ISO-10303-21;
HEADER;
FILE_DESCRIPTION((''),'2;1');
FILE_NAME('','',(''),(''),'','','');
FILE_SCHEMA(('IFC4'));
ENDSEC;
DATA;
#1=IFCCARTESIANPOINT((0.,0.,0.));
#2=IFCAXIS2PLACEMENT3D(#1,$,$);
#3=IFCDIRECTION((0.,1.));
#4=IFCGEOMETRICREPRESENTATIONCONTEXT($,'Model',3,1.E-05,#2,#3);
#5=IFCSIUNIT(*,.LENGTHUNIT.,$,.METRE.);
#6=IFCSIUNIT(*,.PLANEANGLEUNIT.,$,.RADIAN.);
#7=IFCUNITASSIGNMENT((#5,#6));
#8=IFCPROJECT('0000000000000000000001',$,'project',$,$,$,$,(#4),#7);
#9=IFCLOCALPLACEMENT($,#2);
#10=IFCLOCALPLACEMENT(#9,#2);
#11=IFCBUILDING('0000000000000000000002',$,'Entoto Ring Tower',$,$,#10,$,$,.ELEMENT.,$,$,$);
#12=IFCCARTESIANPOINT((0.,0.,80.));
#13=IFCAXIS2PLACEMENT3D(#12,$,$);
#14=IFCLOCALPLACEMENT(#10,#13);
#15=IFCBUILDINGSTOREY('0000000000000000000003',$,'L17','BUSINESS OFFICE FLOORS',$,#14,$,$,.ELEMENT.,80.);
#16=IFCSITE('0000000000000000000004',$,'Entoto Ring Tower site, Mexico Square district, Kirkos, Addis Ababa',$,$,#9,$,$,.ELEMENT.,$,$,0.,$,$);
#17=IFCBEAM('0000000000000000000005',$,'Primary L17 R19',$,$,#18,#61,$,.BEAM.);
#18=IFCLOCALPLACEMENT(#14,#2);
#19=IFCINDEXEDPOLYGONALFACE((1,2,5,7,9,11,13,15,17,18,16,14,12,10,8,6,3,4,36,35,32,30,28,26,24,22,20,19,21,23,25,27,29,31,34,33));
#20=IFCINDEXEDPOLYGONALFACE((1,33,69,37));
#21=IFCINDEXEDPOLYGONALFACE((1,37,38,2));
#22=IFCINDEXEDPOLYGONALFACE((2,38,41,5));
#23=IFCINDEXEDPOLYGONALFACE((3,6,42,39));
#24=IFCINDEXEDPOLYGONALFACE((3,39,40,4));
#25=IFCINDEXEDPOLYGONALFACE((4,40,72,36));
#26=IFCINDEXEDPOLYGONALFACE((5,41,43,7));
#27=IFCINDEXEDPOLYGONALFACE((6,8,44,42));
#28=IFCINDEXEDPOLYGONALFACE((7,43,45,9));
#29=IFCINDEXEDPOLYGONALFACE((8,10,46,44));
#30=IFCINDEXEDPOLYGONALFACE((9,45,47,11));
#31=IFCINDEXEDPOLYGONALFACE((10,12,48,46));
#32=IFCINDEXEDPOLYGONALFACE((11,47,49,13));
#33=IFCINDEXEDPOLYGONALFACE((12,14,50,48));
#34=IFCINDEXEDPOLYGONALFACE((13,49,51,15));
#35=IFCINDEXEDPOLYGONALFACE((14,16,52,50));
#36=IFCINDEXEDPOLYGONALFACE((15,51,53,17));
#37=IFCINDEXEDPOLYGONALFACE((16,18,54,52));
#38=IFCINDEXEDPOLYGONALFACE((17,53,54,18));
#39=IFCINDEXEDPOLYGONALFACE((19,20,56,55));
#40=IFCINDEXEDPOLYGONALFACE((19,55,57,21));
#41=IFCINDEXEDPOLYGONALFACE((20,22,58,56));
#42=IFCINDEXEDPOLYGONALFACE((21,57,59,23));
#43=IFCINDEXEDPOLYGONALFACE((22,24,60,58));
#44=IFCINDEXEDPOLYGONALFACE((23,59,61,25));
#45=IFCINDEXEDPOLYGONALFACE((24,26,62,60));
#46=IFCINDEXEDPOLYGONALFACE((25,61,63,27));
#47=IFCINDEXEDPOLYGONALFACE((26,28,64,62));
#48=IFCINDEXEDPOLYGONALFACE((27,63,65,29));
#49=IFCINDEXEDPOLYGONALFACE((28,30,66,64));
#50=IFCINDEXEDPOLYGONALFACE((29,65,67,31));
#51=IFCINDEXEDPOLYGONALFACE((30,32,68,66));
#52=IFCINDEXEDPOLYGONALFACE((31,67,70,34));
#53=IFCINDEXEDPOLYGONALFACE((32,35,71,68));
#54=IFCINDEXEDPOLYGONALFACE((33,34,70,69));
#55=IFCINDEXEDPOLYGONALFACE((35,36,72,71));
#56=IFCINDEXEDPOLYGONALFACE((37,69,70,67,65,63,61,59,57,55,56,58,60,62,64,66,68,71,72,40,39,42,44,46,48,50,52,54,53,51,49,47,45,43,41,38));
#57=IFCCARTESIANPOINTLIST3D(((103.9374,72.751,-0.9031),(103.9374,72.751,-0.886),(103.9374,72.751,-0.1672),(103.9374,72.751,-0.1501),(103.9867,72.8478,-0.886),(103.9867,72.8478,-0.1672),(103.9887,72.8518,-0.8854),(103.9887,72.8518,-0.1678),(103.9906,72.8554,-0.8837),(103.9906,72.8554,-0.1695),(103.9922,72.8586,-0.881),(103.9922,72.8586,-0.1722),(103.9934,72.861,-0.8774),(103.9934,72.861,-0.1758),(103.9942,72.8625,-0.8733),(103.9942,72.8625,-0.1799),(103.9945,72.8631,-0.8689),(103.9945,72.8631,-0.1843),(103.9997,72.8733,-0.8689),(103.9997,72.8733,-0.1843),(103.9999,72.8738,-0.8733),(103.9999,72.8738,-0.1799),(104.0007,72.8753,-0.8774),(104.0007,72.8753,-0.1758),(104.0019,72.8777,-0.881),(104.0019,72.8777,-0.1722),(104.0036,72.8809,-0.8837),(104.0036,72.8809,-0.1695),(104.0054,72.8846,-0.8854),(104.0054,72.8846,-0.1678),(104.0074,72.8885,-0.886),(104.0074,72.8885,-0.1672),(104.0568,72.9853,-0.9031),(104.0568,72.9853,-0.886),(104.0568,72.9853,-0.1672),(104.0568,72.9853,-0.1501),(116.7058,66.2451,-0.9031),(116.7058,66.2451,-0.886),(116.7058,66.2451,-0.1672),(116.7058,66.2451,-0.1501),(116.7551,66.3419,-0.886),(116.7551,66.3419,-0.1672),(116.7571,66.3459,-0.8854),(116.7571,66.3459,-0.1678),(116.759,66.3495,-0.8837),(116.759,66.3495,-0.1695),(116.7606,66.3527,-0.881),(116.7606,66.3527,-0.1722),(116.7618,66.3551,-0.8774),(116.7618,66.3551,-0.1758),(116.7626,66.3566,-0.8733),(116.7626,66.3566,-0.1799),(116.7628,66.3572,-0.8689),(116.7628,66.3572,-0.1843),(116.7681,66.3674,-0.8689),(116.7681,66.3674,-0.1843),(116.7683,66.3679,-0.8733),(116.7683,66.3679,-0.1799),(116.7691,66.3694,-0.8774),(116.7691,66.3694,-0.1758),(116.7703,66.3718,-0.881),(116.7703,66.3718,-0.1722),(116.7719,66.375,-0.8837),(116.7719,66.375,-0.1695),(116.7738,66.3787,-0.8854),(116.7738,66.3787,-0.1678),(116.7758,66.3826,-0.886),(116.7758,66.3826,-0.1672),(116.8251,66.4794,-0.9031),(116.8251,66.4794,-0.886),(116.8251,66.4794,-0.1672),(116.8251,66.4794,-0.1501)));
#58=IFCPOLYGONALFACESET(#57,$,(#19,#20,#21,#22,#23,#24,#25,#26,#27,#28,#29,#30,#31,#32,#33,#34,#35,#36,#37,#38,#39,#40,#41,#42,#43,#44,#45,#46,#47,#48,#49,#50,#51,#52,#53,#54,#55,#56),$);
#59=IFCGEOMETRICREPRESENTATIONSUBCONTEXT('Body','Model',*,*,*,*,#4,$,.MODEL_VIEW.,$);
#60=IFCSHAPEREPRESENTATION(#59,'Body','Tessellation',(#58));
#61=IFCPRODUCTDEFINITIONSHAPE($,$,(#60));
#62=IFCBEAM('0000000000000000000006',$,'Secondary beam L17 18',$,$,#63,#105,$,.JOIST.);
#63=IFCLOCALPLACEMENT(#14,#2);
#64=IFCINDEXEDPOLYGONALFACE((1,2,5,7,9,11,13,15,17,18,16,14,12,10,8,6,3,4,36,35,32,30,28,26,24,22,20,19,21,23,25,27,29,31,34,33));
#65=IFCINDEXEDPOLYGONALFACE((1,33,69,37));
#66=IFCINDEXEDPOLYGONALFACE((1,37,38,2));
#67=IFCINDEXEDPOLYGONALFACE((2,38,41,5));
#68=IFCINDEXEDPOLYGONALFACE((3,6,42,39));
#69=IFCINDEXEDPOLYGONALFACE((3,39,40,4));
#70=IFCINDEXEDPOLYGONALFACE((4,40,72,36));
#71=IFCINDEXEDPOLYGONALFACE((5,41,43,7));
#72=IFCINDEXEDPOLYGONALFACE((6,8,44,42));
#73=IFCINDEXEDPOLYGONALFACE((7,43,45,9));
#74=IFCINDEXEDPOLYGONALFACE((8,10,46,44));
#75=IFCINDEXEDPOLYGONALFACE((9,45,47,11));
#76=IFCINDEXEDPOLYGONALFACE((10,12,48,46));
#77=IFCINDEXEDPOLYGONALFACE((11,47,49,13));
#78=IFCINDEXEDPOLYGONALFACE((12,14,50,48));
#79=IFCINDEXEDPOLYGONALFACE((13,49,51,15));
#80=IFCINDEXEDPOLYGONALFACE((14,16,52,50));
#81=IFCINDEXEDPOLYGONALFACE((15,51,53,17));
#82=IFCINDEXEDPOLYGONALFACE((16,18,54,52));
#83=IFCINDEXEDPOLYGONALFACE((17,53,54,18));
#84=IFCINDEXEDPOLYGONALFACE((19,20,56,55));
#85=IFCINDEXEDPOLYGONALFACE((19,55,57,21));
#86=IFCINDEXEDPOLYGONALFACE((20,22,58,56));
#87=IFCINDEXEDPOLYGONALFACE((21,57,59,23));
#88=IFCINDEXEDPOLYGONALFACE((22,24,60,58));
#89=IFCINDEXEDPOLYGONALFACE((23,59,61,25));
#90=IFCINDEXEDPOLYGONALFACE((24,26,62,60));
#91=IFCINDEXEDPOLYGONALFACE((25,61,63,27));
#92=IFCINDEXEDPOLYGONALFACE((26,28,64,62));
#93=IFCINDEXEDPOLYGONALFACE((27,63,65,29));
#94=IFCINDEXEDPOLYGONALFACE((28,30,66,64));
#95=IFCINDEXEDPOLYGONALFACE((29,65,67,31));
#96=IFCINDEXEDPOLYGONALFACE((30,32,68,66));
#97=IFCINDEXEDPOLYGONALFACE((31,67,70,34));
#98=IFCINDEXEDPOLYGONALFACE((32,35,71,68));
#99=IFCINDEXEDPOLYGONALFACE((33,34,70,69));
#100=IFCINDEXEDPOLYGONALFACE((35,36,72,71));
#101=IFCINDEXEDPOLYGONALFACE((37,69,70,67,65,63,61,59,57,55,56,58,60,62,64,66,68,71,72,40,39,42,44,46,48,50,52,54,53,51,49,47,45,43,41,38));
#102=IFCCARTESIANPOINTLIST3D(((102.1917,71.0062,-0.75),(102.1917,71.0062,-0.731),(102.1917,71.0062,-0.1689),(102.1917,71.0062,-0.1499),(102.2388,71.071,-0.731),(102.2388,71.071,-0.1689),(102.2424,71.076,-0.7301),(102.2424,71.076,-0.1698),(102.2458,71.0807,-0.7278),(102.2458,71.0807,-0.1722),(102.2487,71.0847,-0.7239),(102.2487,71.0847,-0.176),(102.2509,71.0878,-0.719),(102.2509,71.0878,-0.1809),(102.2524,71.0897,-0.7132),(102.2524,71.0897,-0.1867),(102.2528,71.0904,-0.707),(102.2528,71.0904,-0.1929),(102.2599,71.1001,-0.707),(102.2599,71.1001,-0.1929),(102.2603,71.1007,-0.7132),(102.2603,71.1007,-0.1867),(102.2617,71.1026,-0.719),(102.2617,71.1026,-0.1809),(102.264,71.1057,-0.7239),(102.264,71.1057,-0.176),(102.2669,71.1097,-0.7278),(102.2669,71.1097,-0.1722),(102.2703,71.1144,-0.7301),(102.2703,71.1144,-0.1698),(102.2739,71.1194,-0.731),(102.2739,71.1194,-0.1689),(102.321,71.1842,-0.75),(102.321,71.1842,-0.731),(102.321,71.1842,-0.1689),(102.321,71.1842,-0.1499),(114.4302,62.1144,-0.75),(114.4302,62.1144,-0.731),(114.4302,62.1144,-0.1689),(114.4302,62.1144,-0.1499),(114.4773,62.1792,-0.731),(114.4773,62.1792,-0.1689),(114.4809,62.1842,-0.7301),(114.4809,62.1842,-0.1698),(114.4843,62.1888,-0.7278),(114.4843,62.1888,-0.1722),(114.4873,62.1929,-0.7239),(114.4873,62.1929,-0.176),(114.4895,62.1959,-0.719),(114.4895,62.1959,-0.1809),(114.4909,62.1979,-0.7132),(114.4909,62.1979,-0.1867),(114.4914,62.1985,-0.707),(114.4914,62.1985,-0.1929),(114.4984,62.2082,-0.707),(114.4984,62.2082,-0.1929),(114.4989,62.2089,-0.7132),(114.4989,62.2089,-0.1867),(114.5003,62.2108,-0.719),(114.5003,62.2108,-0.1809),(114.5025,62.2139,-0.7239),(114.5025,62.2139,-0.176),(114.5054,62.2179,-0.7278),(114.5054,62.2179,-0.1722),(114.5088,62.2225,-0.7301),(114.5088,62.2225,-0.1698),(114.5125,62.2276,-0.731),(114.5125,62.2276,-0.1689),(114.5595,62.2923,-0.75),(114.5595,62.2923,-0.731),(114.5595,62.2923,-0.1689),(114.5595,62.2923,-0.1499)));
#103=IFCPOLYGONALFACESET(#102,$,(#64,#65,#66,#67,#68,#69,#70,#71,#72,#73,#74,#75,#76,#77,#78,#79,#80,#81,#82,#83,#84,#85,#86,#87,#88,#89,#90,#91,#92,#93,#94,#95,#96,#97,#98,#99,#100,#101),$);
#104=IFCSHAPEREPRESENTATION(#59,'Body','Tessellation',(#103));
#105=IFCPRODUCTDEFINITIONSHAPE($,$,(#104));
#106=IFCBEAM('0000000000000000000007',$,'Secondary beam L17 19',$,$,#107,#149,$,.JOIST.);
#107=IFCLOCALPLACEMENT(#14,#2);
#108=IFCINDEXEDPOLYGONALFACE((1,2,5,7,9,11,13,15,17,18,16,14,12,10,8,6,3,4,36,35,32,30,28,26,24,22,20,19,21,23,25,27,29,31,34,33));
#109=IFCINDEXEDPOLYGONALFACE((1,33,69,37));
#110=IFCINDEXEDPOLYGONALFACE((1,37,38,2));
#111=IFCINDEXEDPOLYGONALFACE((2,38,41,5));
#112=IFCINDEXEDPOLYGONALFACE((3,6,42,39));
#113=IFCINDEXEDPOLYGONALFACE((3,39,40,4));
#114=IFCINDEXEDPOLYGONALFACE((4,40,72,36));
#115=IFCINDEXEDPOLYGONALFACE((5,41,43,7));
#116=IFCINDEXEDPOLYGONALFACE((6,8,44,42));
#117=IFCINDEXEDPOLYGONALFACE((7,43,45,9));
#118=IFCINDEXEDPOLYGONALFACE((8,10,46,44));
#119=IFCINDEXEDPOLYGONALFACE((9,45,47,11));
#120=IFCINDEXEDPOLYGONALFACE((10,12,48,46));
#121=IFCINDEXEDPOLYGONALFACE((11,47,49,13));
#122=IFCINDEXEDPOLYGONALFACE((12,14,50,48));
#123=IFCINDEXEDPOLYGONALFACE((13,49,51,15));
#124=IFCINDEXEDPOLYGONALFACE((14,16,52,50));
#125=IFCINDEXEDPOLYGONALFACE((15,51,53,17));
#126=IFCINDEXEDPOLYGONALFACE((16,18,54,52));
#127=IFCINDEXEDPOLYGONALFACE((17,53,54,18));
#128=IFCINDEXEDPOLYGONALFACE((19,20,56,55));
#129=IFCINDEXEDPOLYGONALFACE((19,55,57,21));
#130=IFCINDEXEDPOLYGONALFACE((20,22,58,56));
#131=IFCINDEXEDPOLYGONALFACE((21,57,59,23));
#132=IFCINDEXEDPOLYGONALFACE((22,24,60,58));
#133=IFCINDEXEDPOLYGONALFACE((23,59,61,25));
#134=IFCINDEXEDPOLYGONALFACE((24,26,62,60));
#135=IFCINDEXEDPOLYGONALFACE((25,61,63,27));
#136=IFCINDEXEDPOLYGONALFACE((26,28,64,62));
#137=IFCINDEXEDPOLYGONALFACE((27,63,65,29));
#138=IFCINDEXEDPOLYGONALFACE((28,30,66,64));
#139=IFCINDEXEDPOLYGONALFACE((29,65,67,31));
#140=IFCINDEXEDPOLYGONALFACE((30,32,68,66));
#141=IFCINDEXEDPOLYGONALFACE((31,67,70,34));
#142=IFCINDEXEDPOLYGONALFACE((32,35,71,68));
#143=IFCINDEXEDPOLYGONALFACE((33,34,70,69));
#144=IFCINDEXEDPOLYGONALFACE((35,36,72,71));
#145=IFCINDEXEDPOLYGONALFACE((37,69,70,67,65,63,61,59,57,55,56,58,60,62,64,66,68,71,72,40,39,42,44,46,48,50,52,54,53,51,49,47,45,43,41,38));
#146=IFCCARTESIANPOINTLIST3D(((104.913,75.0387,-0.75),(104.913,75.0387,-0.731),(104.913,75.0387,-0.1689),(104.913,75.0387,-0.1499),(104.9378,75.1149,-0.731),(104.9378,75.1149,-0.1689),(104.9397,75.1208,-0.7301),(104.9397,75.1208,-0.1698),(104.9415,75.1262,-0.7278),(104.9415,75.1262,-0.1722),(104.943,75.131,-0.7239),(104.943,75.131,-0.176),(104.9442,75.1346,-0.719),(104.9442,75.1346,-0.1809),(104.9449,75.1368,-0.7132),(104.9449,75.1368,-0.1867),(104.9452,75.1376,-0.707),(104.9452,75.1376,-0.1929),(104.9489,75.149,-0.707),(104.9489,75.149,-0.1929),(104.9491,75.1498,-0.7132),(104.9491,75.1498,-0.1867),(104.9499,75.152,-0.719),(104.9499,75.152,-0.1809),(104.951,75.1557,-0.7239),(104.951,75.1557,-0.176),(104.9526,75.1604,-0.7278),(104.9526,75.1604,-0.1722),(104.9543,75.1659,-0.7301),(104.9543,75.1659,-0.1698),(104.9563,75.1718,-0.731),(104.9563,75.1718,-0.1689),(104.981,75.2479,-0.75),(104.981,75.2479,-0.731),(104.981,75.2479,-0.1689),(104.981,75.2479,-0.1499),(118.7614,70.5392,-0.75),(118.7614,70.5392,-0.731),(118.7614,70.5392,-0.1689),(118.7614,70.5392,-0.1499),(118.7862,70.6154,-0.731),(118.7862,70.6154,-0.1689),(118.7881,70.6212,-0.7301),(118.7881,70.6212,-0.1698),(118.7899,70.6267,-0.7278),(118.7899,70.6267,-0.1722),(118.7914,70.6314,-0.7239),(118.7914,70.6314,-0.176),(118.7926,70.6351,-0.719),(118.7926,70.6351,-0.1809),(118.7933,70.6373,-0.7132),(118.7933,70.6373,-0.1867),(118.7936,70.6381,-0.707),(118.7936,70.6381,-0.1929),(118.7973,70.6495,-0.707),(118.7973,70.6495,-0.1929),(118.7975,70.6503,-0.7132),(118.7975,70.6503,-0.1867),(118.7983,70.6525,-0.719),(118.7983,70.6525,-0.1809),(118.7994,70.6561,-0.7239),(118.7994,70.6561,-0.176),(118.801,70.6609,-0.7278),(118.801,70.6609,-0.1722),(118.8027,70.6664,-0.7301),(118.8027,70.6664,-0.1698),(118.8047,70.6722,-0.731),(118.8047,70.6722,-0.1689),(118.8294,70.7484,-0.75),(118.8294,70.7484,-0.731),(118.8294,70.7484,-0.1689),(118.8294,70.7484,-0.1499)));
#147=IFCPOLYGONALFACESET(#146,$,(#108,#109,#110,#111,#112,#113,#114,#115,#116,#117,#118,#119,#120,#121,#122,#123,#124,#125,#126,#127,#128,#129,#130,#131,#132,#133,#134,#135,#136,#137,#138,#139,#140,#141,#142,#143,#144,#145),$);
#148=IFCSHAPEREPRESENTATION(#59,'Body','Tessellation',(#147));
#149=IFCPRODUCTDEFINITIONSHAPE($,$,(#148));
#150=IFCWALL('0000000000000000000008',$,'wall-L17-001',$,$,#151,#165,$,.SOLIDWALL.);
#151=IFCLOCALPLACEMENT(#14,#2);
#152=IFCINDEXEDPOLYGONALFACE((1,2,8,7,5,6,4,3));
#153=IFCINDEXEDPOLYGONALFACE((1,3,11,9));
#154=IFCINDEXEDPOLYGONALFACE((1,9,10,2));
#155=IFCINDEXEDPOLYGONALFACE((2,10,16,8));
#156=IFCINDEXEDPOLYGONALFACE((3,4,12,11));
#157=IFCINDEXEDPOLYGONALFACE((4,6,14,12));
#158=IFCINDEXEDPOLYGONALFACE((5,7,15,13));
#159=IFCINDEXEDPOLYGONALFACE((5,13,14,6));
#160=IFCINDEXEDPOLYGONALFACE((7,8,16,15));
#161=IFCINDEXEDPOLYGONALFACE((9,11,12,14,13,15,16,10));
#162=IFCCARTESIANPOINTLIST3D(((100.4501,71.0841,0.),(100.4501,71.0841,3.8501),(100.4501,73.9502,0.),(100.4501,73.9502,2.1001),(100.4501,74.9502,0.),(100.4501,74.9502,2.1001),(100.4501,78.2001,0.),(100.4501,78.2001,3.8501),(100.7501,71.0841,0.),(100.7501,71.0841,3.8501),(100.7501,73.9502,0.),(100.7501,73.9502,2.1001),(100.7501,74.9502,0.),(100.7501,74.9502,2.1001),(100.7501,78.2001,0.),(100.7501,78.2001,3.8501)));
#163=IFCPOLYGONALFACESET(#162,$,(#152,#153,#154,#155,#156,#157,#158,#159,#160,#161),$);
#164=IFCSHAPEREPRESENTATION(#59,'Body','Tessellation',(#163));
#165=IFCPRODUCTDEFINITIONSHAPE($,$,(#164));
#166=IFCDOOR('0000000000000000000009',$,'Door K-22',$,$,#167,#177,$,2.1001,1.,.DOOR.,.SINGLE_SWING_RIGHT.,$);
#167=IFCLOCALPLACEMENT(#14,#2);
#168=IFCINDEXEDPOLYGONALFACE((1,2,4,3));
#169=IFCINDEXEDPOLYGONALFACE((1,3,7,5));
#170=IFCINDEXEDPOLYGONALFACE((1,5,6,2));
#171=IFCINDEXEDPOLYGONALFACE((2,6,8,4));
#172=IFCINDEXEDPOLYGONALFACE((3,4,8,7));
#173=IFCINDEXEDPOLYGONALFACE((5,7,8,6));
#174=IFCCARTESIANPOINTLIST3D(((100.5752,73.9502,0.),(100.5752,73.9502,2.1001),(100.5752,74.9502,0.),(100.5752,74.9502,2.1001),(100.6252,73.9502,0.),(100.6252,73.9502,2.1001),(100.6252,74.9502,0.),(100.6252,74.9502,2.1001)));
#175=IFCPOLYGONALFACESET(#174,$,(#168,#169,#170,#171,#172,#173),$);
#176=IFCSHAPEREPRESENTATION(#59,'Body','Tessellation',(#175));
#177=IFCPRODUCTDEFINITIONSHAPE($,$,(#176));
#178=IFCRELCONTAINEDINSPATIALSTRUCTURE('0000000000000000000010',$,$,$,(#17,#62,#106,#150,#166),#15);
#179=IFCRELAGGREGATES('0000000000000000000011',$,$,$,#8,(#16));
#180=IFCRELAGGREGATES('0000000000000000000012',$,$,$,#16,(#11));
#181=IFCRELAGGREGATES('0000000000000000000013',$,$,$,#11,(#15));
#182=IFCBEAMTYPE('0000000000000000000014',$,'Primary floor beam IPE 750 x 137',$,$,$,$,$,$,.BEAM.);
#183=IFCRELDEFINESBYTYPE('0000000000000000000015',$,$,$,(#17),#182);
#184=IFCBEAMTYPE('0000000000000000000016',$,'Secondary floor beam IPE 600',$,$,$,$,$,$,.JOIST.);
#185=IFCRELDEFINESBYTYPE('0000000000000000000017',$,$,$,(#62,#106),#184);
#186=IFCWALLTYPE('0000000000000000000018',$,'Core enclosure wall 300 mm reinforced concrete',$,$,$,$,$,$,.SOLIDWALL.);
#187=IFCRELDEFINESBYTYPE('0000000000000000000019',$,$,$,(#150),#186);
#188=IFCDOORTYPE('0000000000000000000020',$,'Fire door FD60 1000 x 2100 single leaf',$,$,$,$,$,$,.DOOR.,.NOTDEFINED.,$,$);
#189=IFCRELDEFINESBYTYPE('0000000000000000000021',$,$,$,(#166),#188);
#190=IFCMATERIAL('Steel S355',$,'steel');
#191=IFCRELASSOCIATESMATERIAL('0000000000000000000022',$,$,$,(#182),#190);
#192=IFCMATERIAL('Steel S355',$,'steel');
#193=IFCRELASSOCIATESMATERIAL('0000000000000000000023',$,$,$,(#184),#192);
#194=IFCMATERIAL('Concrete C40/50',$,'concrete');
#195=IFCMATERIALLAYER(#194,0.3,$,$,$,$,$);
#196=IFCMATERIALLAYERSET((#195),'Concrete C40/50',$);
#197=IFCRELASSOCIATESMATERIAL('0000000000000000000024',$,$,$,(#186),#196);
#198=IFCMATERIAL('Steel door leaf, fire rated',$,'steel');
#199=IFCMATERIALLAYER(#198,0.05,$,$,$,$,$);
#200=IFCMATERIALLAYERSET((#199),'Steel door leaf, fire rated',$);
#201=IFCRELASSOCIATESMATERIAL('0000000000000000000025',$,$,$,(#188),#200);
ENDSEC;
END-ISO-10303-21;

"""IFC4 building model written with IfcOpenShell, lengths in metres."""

from ifc_helpers import new_model, si_unit, direction, frame, frame_2d, origin, origin_2d, place, context, subcontext, project, spatial, rectangle, i_section, extrude, material, layer, layer_set, material_profile, profile_set, type_object, element, fill, save


model = new_model("IFC4")

# Units and contexts
model_context = context("Model", 3, precision=1e-05, world=origin(), true_north=direction((0.0, 1.0)))
body_context = subcontext(model_context, "Body", "Model", "MODEL_VIEW")
ifc_project = project(units=[si_unit("LENGTHUNIT", "METRE"), si_unit("PLANEANGLEUNIT", "RADIAN")], contexts=[model_context])

# Site, building, storey
site_placement = place(None, origin())
site = spatial("IfcSite", under=ifc_project, at=site_placement, Name="Entoto Ring Tower site, Mexico Square district, Kirkos, Addis Ababa", CompositionType="ELEMENT", RefElevation=0.0)
building_placement = place(site_placement, origin())
building = spatial("IfcBuilding", under=site, at=building_placement, Name="Entoto Ring Tower", CompositionType="ELEMENT")
storey_placement = place(building_placement, frame((0.0, 0.0, 80.0)))
storey = spatial("IfcBuildingStorey", under=building, at=storey_placement, Name="L17", Description="BUSINESS OFFICE FLOORS", CompositionType="ELEMENT", Elevation=80.0)

# Beams
ifc_material_1 = material(Name="Steel S355", Category="steel")
ifc_material_profile_1 = material_profile(ifc_material_1, i_section(OverallWidth=0.2629, OverallDepth=0.7529, WebThickness=0.0115, FlangeThickness=0.0171, FilletRadius=0.0171, at=origin_2d()), Name="IPE 750 x 137")
ifc_profile_set_1 = profile_set([ifc_material_profile_1], Name="Steel S355")
beam_type_1 = type_object("IfcBeamType", Name="Primary floor beam IPE 750 x 137", PredefinedType="BEAM", material=ifc_profile_set_1)
beam_1_placement = place(storey_placement, frame((103.9971, 72.8682, -0.5266), z_axis=(0.891004, -0.453995, 0.0), x_axis=(0.453995, 0.891004, 0.0)))
element("IfcBeam", 1, at=beam_1_placement, inside=storey, type_object=beam_type_1, Name="Primary L17 R19", PredefinedType="BEAM", context=body_context, shape_type="SweptSolid", body=[
    extrude(i_section(OverallWidth=0.2629, OverallDepth=0.7529, WebThickness=0.0115, FlangeThickness=0.0171, FilletRadius=0.0171, at=origin_2d()), origin(), (0.0, 0.0, 1.0), 14.3303),
])
ifc_material_2 = material(Name="Steel S355", Category="steel")
ifc_material_profile_2 = material_profile(ifc_material_2, i_section(OverallWidth=0.22, OverallDepth=0.6001, WebThickness=0.012, FlangeThickness=0.019, FilletRadius=0.0239, at=origin_2d()), Name="IPE 600")
ifc_profile_set_2 = profile_set([ifc_material_profile_2], Name="Steel S355")
beam_type_2 = type_object("IfcBeamType", Name="Secondary floor beam IPE 600", PredefinedType="JOIST", material=ifc_profile_set_2)
beam_2_placement = place(storey_placement, frame((102.2563, 71.0952, -0.45), z_axis=(0.809016, -0.587787, 0.0), x_axis=(0.587787, 0.809016, 0.0)))
element("IfcBeam", 2, at=beam_2_placement, inside=storey, type_object=beam_type_2, Name="Secondary beam L17 18", PredefinedType="JOIST", context=body_context, shape_type="SweptSolid", body=[
    extrude(i_section(OverallWidth=0.22, OverallDepth=0.6001, WebThickness=0.012, FlangeThickness=0.019, FilletRadius=0.0239, at=origin_2d()), origin(), (0.0, 0.0, 1.0), 15.1277),
])
beam_3_placement = place(storey_placement, frame((104.947, 75.1433, -0.45), z_axis=(0.951059, -0.309011, 0.0), x_axis=(0.309011, 0.951059, 0.0)))
element("IfcBeam", 3, at=beam_3_placement, inside=storey, type_object=beam_type_2, Name="Secondary beam L17 19", PredefinedType="JOIST", context=body_context, shape_type="SweptSolid", body=[
    extrude(i_section(OverallWidth=0.22, OverallDepth=0.6001, WebThickness=0.012, FlangeThickness=0.019, FilletRadius=0.0239, at=origin_2d()), origin(), (0.0, 0.0, 1.0), 14.561),
])

# Wall, opening, door
ifc_material_3 = material(Name="Concrete C40/50", Category="concrete")
ifc_layer_1 = layer(ifc_material_3, 0.3)
ifc_layer_set_1 = layer_set([ifc_layer_1], Name="Concrete C40/50")
wall_type_1 = type_object("IfcWallType", Name="Core enclosure wall 300 mm reinforced concrete", PredefinedType="SOLIDWALL", material=ifc_layer_set_1)
wall_1_placement = place(storey_placement, frame((100.6001, 71.084, 0.0), z_axis=(0.0, 0.0, 1.0), x_axis=(0.0, 1.0, 0.0)))
wall_1 = element("IfcWall", 4, at=wall_1_placement, inside=storey, type_object=wall_type_1, Name="wall-L17-001", PredefinedType="SOLIDWALL", context=body_context, shape_type="SweptSolid", body=[
    extrude(rectangle(XDim=7.116, YDim=0.3, at=frame_2d((3.5581, 0.0))), origin(), (0.0, 0.0, 1.0), 3.8501),
])
opening_1_placement = place(wall_1_placement, frame((2.8662, 0.0, 0.0)))
opening_1 = element("IfcOpeningElement", 5, at=opening_1_placement, cuts=wall_1, PredefinedType="OPENING", context=body_context, shape_type="SweptSolid", body=[
    extrude(rectangle(XDim=1.0, YDim=2.1001, at=frame_2d((0.5, 1.05))), frame((0.0, 0.1602, 0.0), z_axis=(0.0, -1.0, 0.0), x_axis=(1.0, 0.0, 0.0)), (0.0, 0.0, 1.0), 0.3201),
])
ifc_material_4 = material(Name="Steel door leaf, fire rated", Category="steel")
ifc_layer_2 = layer(ifc_material_4, 0.05)
ifc_layer_set_2 = layer_set([ifc_layer_2], Name="Steel door leaf, fire rated")
door_type_1 = type_object("IfcDoorType", Name="Fire door FD60 1000 x 2100 single leaf", OperationType="NOTDEFINED", PredefinedType="DOOR", material=ifc_layer_set_2)
door_1_placement = place(opening_1_placement, origin())
door_1 = element("IfcDoor", 6, at=door_1_placement, inside=storey, type_object=door_type_1, Name="Door K-22", OperationType="SINGLE_SWING_RIGHT", OverallHeight=2.1001, OverallWidth=1.0, PredefinedType="DOOR", context=body_context, shape_type="SweptSolid", body=[
    extrude(rectangle(XDim=1.0, YDim=2.1001, at=frame_2d((0.5, 1.05))), frame((0.0, 0.0249, 0.0), z_axis=(0.0, -1.0, 0.0), x_axis=(1.0, 0.0, 0.0)), (0.0, 0.0, 1.0), 0.05),
])
fill(opening_1, door_1)

save(model, "model.ifc")
